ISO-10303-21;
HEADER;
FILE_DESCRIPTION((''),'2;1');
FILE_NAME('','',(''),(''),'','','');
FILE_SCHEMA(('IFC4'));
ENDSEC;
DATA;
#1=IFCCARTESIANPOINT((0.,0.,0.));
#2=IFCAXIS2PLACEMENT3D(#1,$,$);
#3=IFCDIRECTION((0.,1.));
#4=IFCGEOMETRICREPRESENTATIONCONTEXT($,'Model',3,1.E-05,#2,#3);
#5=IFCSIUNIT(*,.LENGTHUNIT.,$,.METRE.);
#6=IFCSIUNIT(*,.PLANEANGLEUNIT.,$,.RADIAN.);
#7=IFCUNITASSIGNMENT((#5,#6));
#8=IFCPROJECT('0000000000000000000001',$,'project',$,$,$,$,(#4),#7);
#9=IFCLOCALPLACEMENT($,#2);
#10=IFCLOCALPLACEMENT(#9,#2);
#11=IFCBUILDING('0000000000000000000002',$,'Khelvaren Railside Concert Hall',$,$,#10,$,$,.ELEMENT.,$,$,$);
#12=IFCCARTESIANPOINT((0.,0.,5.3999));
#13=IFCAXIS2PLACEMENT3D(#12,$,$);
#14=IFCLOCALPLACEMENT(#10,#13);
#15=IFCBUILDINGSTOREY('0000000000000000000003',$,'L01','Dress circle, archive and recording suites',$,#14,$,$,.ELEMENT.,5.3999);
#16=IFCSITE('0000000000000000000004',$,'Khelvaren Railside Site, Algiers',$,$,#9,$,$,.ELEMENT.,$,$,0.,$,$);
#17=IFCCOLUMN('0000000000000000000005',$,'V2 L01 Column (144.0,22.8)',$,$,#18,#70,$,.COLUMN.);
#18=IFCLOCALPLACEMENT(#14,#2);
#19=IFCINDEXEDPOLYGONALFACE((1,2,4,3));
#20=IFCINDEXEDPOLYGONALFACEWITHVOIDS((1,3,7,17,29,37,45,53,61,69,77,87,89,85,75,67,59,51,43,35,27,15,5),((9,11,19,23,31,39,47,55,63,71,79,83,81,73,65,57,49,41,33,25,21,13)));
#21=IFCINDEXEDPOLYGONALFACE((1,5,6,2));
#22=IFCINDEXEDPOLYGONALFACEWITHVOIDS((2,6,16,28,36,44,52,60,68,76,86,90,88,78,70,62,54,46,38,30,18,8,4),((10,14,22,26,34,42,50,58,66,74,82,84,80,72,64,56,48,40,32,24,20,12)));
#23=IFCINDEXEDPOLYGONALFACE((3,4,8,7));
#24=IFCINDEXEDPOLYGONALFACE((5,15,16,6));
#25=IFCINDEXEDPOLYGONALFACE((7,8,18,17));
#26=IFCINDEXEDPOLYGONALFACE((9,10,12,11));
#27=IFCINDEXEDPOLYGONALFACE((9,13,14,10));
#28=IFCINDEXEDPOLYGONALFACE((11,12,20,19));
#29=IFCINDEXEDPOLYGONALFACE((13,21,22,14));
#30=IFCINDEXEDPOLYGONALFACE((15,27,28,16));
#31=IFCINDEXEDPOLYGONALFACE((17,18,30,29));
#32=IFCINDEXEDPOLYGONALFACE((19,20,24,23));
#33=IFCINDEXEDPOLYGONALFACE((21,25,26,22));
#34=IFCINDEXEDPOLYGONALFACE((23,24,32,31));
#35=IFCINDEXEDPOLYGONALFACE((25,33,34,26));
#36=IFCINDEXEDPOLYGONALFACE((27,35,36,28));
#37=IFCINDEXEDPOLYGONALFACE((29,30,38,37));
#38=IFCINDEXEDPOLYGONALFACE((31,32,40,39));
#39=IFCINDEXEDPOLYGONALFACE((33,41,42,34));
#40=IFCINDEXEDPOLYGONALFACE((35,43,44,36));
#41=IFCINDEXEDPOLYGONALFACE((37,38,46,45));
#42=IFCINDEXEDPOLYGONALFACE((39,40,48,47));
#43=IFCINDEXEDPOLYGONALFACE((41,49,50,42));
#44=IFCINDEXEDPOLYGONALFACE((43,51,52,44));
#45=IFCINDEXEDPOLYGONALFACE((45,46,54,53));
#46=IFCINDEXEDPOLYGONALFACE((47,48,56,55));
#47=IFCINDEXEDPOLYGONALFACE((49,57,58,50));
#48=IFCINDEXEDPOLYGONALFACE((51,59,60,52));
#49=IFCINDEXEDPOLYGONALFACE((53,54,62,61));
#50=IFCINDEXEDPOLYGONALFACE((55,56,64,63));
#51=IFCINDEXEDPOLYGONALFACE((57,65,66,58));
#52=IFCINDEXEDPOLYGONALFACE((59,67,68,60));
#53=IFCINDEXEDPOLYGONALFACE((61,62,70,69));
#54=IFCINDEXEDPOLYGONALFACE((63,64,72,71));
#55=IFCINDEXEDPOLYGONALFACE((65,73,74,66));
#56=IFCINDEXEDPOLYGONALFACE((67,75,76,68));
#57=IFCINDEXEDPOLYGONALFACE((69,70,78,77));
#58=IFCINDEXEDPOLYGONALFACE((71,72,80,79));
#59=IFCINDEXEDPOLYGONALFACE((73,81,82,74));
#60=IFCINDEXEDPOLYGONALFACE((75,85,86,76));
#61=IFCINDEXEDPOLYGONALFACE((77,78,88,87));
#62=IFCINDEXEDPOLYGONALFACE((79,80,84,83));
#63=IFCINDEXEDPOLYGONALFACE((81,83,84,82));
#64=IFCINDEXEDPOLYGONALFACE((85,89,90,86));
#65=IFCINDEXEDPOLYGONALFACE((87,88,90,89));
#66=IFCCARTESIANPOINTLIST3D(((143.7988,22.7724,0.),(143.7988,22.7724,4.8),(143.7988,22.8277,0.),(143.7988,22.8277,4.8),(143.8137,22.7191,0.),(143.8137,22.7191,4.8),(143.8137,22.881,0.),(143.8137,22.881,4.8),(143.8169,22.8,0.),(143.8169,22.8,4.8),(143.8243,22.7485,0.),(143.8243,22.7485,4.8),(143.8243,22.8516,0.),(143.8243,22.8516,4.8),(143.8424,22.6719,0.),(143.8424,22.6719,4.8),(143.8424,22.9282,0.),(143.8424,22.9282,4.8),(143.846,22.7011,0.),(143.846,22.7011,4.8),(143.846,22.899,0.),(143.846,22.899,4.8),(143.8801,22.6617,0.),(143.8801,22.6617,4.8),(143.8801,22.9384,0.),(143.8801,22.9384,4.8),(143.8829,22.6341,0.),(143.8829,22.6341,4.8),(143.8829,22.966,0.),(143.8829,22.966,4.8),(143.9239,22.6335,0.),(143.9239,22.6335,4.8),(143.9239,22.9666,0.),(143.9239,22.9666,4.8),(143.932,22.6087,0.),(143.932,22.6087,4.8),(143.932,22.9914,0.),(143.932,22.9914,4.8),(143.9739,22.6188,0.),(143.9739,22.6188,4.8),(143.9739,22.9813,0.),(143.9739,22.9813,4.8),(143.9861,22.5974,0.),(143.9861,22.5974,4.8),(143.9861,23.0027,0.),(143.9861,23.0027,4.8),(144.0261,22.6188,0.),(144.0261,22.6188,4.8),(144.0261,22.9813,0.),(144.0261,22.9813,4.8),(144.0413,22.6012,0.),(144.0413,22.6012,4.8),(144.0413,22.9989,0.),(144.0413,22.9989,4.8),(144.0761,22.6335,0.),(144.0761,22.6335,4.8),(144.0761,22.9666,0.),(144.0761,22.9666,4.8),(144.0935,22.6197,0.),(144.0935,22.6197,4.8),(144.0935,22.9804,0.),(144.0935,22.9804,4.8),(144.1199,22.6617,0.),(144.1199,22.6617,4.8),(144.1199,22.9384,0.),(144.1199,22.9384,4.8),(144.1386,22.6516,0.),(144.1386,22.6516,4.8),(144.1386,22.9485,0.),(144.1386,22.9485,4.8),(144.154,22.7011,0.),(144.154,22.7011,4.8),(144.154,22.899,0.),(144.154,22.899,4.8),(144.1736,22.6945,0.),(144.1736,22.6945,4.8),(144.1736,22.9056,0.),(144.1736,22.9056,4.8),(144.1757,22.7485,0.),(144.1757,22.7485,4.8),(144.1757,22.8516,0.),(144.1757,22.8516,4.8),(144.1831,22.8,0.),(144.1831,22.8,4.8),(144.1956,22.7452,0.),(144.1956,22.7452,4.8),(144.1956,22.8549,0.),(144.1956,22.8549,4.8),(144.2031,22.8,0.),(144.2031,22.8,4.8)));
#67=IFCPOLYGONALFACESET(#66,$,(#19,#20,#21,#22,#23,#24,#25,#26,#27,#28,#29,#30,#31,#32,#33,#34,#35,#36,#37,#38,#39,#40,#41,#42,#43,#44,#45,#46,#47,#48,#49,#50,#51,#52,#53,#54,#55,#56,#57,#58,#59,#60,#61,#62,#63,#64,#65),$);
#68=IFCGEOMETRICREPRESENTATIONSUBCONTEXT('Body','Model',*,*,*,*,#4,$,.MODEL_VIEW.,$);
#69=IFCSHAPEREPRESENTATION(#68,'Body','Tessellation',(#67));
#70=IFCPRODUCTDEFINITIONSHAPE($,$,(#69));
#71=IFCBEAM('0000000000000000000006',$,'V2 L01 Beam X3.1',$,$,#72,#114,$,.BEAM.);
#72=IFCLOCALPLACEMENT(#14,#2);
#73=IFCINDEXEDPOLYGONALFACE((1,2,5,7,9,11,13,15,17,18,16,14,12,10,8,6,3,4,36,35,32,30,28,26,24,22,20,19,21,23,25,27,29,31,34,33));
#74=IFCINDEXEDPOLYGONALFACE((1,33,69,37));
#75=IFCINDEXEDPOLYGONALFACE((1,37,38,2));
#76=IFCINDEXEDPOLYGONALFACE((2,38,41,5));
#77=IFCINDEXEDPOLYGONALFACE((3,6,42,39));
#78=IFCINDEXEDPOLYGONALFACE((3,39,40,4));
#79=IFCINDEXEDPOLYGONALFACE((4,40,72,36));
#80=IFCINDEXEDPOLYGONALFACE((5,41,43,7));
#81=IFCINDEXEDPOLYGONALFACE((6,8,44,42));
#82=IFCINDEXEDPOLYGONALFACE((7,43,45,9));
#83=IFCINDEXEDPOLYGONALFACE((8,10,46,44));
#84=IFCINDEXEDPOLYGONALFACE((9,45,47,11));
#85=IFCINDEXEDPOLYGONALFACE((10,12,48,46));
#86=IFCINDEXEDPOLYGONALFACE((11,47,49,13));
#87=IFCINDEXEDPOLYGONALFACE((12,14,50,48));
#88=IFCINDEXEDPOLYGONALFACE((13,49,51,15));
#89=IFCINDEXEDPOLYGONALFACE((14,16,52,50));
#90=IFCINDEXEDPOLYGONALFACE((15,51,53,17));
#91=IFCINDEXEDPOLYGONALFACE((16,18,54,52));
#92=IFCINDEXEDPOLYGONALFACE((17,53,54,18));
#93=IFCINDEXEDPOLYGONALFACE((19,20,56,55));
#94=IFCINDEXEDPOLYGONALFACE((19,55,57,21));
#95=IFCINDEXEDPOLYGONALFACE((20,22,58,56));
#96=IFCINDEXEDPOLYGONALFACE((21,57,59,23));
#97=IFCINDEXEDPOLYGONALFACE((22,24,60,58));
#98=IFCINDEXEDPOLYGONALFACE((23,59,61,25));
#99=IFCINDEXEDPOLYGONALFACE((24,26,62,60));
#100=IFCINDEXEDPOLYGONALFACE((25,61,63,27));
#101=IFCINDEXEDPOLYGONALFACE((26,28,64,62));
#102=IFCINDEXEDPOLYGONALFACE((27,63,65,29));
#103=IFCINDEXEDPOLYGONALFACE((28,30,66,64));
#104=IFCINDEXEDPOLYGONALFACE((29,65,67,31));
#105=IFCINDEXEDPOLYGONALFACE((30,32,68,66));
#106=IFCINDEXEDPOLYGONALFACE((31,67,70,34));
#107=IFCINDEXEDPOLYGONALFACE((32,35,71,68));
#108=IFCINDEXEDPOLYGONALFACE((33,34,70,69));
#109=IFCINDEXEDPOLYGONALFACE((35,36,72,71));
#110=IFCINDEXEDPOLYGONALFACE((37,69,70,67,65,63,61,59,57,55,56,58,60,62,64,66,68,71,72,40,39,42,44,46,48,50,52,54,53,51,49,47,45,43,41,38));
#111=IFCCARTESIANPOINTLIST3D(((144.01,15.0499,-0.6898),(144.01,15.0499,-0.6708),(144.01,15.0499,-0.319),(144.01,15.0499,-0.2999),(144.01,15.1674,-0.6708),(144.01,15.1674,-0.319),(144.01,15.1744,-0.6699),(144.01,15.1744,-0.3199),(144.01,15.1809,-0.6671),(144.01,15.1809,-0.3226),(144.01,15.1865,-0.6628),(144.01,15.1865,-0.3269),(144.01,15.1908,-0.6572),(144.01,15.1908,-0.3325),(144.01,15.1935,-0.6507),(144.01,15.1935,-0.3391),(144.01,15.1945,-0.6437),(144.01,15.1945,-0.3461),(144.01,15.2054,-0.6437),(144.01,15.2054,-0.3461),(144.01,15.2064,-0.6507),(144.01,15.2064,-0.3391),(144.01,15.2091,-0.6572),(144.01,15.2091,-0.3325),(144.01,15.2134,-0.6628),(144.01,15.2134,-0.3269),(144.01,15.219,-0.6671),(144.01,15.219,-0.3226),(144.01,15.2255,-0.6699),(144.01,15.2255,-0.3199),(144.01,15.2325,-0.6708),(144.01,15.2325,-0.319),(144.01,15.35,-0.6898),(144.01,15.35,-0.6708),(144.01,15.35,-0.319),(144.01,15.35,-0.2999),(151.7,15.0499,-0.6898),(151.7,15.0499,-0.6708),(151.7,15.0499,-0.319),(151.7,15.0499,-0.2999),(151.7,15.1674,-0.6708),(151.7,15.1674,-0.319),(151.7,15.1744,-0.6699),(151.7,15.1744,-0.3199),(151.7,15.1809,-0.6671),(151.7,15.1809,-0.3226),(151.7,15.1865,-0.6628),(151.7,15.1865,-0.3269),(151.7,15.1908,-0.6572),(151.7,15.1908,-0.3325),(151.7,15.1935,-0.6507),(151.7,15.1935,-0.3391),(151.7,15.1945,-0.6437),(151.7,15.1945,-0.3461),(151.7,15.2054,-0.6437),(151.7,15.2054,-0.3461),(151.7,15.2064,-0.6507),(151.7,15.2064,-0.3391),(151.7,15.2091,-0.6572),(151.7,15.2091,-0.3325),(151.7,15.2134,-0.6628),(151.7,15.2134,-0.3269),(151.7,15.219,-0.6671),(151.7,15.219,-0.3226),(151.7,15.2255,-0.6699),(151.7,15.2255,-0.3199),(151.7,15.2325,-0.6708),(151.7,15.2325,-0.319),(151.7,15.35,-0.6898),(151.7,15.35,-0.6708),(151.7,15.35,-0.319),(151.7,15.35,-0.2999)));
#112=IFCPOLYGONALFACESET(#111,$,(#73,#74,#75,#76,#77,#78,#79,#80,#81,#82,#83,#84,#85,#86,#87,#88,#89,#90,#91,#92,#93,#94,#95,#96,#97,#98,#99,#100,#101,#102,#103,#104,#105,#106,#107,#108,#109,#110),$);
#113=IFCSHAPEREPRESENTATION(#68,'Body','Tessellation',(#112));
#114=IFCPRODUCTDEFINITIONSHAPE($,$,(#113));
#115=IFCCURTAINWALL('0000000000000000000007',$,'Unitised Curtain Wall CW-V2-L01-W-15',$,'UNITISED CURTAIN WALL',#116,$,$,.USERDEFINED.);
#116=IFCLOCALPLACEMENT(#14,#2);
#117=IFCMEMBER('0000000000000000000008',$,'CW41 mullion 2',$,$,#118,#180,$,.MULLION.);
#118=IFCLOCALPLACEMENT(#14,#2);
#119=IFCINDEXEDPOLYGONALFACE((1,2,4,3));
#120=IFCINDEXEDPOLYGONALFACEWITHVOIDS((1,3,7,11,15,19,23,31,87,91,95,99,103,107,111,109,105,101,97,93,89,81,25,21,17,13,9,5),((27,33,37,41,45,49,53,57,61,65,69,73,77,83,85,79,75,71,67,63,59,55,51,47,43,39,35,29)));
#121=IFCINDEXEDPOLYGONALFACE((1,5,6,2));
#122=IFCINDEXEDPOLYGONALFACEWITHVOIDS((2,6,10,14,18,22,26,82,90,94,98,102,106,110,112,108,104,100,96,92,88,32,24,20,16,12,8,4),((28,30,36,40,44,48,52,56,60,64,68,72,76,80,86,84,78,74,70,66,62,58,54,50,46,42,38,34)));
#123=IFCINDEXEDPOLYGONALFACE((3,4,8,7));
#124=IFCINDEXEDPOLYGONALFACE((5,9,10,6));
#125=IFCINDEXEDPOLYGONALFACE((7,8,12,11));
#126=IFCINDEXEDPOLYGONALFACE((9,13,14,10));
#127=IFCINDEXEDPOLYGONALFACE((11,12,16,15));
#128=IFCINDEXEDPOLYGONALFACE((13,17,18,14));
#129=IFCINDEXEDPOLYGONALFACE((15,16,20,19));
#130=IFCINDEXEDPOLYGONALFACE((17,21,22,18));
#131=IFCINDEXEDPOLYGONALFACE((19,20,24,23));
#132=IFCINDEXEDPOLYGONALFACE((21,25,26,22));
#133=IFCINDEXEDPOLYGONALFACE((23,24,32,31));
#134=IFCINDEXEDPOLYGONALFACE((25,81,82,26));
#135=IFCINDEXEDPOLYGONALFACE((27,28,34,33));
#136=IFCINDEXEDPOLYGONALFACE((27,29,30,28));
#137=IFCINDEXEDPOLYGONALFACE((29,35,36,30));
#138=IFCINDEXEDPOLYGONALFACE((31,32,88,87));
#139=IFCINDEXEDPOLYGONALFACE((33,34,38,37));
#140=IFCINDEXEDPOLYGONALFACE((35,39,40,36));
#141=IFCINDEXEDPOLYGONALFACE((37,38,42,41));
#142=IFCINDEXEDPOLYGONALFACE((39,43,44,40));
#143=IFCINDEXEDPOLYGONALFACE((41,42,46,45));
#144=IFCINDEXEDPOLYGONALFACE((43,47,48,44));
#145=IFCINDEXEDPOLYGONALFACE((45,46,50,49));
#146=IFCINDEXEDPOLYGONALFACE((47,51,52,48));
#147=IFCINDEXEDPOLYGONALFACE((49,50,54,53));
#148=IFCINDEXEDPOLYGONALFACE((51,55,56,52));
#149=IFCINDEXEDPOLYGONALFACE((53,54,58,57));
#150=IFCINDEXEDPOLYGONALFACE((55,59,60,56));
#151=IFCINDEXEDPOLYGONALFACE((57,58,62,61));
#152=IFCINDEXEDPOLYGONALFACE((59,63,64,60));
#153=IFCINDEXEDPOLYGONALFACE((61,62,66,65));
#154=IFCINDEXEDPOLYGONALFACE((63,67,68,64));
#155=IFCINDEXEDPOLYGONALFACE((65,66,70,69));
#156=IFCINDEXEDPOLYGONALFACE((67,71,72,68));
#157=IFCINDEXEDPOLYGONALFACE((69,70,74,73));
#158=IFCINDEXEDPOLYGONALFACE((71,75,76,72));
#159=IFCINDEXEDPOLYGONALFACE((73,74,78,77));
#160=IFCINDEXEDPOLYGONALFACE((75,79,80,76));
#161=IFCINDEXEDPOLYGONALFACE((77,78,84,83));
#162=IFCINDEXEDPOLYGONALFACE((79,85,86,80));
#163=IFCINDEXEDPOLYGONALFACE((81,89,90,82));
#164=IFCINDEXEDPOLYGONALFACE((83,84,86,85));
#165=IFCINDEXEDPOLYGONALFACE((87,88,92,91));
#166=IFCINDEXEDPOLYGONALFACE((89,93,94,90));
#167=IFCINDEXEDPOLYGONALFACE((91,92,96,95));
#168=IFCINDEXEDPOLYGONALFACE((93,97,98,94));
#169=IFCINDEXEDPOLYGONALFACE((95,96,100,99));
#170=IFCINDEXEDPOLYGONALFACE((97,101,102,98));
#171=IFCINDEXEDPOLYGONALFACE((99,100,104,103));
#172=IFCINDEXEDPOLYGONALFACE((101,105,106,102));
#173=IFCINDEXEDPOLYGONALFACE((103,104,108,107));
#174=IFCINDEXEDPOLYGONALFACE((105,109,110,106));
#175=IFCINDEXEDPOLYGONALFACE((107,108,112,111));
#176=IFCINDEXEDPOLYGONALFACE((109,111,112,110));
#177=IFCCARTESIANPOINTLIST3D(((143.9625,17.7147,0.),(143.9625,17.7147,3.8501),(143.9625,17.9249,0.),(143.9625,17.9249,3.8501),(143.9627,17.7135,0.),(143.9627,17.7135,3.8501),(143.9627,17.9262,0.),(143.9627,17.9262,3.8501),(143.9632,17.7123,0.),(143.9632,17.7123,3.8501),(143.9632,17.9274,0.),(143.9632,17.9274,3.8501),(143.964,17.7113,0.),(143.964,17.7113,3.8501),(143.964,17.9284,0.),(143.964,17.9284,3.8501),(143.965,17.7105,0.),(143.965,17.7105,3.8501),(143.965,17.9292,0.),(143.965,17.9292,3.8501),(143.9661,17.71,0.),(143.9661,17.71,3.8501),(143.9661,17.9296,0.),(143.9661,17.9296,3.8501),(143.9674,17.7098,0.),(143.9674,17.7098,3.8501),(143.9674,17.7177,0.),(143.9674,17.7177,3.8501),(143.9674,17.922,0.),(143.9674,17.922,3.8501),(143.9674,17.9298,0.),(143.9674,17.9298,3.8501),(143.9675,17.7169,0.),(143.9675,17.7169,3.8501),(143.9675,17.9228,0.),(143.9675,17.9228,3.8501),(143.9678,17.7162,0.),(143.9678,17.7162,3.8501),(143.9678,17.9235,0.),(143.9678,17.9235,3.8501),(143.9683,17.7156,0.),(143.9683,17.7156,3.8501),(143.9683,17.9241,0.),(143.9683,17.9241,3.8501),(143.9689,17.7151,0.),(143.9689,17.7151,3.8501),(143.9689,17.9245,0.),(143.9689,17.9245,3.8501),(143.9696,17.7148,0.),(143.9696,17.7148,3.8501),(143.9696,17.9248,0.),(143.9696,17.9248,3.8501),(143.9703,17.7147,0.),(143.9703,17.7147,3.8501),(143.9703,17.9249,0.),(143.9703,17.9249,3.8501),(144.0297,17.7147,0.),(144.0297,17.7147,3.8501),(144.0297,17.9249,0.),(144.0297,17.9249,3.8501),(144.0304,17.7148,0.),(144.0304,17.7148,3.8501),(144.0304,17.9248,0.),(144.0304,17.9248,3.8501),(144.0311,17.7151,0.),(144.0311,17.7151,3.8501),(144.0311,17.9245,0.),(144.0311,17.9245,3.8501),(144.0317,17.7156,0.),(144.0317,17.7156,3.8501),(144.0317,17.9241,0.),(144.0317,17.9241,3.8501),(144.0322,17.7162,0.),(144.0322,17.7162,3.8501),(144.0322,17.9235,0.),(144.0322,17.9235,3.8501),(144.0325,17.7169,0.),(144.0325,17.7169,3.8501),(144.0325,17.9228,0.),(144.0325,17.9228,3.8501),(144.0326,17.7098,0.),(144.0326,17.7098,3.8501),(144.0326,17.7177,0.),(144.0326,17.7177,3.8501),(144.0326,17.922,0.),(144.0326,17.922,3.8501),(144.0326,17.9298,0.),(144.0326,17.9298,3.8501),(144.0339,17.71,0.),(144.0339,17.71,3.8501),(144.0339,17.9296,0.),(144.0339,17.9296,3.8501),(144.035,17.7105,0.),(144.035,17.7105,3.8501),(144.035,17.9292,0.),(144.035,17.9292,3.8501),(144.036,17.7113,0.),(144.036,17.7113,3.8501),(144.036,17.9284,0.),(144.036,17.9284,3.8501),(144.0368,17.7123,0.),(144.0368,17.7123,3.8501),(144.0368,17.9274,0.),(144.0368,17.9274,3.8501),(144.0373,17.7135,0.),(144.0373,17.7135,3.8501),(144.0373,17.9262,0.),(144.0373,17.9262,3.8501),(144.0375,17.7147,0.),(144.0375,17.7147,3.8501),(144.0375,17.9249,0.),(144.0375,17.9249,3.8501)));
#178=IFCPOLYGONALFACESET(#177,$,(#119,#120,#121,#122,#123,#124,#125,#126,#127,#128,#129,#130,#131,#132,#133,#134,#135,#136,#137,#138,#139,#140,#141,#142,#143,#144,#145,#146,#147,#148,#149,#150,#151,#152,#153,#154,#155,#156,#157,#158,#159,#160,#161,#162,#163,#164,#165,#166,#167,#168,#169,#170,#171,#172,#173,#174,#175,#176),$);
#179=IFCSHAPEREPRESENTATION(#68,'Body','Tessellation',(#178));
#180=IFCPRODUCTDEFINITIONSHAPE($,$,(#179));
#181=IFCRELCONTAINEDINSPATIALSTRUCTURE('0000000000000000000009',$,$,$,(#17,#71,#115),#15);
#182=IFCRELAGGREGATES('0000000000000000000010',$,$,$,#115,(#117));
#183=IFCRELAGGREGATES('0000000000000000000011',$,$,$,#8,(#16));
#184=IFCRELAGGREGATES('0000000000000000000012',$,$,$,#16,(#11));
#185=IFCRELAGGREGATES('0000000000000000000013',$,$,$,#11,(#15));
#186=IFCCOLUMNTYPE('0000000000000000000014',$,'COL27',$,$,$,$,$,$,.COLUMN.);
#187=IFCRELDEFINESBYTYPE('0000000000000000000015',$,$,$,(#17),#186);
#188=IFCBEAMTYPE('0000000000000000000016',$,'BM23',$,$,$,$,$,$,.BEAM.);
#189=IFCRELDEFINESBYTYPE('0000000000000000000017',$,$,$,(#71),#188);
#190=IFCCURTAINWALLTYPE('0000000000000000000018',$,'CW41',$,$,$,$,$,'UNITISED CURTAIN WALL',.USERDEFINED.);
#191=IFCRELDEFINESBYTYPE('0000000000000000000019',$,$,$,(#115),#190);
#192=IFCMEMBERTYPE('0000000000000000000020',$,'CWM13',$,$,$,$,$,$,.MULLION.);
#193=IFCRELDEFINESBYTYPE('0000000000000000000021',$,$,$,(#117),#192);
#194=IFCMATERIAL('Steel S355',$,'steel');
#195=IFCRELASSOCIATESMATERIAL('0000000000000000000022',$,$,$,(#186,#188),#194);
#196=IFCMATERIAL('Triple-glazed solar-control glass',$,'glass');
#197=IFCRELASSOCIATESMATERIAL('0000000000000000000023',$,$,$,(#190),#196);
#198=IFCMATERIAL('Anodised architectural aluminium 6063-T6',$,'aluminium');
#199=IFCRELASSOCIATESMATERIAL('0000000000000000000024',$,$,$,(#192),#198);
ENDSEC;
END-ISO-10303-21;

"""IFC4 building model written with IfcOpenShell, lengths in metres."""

from ifc_helpers import new_model, si_unit, direction, frame, origin, origin_2d, place, context, subcontext, project, spatial, hollow_rectangle, hollow_circle, i_section, extrude, material, material_profile, profile_set, type_object, element, aggregate, save


model = new_model("IFC4")

# Units and contexts
model_context = context("Model", 3, precision=1e-05, world=origin(), true_north=direction((0.0, 1.0)))
body_context = subcontext(model_context, "Body", "Model", "MODEL_VIEW")
ifc_project = project(units=[si_unit("LENGTHUNIT", "METRE"), si_unit("PLANEANGLEUNIT", "RADIAN")], contexts=[model_context])

# Site, building, storey
site_placement = place(None, origin())
site = spatial("IfcSite", under=ifc_project, at=site_placement, Name="Khelvaren Railside Site, Algiers", CompositionType="ELEMENT", RefElevation=0.0)
building_placement = place(site_placement, origin())
building = spatial("IfcBuilding", under=site, at=building_placement, Name="Khelvaren Railside Concert Hall", CompositionType="ELEMENT")
storey_placement = place(building_placement, frame((0.0, 0.0, 5.3999)))
storey = spatial("IfcBuildingStorey", under=building, at=storey_placement, Name="L01", Description="Dress circle, archive and recording suites", CompositionType="ELEMENT", Elevation=5.3999)

# Column
ifc_material_1 = material(Name="Steel S355", Category="steel")
ifc_material_profile_1 = material_profile(ifc_material_1, hollow_circle(Radius=0.2031, WallThickness=0.02, at=origin_2d()), Name="CHS 406.4x20")
ifc_profile_set_1 = profile_set([ifc_material_profile_1], Name="Steel S355")
column_type = type_object("IfcColumnType", Name="COL27", PredefinedType="COLUMN", material=ifc_profile_set_1)
column_placement = place(storey_placement, frame((144.0, 22.8, 0.0), z_axis=(0.0, 0.0, 1.0), x_axis=(1.0, 0.0, 0.0)))
element("IfcColumn", 1, at=column_placement, inside=storey, type_object=column_type, Name="V2 L01 Column (144.0,22.8)", PredefinedType="COLUMN", context=body_context, shape_type="SweptSolid", body=[
    extrude(hollow_circle(Radius=0.2031, WallThickness=0.02, at=origin_2d()), origin(), (0.0, 0.0, 1.0), 4.8),
])

# Beam
ifc_material_profile_2 = material_profile(ifc_material_1, i_section(OverallWidth=0.3, OverallDepth=0.3899, WebThickness=0.011, FlangeThickness=0.019, FilletRadius=0.0271, at=origin_2d()), Name="HEA 400")
ifc_profile_set_2 = profile_set([ifc_material_profile_2], Name="Steel S355")
beam_type_1 = type_object("IfcBeamType", Name="BM23", PredefinedType="BEAM", material=ifc_profile_set_2)
beam_1_placement = place(storey_placement, frame((144.01, 15.2, -0.4949), z_axis=(1.0, 0.0, 0.0), x_axis=(0.0, 1.0, 0.0)))
element("IfcBeam", 2, at=beam_1_placement, inside=storey, type_object=beam_type_1, Name="V2 L01 Beam X3.1", PredefinedType="BEAM", context=body_context, shape_type="SweptSolid", body=[
    extrude(i_section(OverallWidth=0.3, OverallDepth=0.3899, WebThickness=0.011, FlangeThickness=0.019, FilletRadius=0.0271, at=origin_2d()), origin(), (0.0, 0.0, 1.0), 7.6899),
])

# Curtain wall, member
ifc_material_2 = material(Name="Triple-glazed solar-control glass", Category="glass")
curtain_wall_type = type_object("IfcCurtainWallType", Name="CW41", ElementType="UNITISED CURTAIN WALL", PredefinedType="USERDEFINED", material=ifc_material_2)
curtain_wall_placement = place(storey_placement, origin())
curtain_wall = element("IfcCurtainWall", 3, at=curtain_wall_placement, inside=storey, type_object=curtain_wall_type, Name="Unitised Curtain Wall CW-V2-L01-W-15", ObjectType="UNITISED CURTAIN WALL", PredefinedType="USERDEFINED")
ifc_material_3 = material(Name="Anodised architectural aluminium 6063-T6", Category="aluminium")
ifc_material_profile_3 = material_profile(ifc_material_3, hollow_rectangle(XDim=0.075, YDim=0.22, WallThickness=0.0049, InnerFilletRadius=0.0029, OuterFilletRadius=0.0049, at=origin_2d()), Name="CWM 75x220x5")
ifc_profile_set_3 = profile_set([ifc_material_profile_3], Name="Anodised architectural aluminium 6063-T6")
member_type_1 = type_object("IfcMemberType", Name="CWM13", PredefinedType="MULLION", material=ifc_profile_set_3)
member_1_placement = place(storey_placement, frame((144.0, 17.8198, 0.0), z_axis=(0.0, 0.0, 1.0), x_axis=(-1.0, 0.0, 0.0)))
member_1 = element("IfcMember", 4, at=member_1_placement, type_object=member_type_1, Name="CW41 mullion 2", PredefinedType="MULLION", context=body_context, shape_type="SweptSolid", body=[
    extrude(hollow_rectangle(XDim=0.075, YDim=0.22, WallThickness=0.0049, InnerFilletRadius=0.0029, OuterFilletRadius=0.0049, at=origin_2d()), origin(), (0.0, 0.0, 1.0), 3.8501),
])

aggregate(curtain_wall, [member_1])

save(model, "model.ifc")
